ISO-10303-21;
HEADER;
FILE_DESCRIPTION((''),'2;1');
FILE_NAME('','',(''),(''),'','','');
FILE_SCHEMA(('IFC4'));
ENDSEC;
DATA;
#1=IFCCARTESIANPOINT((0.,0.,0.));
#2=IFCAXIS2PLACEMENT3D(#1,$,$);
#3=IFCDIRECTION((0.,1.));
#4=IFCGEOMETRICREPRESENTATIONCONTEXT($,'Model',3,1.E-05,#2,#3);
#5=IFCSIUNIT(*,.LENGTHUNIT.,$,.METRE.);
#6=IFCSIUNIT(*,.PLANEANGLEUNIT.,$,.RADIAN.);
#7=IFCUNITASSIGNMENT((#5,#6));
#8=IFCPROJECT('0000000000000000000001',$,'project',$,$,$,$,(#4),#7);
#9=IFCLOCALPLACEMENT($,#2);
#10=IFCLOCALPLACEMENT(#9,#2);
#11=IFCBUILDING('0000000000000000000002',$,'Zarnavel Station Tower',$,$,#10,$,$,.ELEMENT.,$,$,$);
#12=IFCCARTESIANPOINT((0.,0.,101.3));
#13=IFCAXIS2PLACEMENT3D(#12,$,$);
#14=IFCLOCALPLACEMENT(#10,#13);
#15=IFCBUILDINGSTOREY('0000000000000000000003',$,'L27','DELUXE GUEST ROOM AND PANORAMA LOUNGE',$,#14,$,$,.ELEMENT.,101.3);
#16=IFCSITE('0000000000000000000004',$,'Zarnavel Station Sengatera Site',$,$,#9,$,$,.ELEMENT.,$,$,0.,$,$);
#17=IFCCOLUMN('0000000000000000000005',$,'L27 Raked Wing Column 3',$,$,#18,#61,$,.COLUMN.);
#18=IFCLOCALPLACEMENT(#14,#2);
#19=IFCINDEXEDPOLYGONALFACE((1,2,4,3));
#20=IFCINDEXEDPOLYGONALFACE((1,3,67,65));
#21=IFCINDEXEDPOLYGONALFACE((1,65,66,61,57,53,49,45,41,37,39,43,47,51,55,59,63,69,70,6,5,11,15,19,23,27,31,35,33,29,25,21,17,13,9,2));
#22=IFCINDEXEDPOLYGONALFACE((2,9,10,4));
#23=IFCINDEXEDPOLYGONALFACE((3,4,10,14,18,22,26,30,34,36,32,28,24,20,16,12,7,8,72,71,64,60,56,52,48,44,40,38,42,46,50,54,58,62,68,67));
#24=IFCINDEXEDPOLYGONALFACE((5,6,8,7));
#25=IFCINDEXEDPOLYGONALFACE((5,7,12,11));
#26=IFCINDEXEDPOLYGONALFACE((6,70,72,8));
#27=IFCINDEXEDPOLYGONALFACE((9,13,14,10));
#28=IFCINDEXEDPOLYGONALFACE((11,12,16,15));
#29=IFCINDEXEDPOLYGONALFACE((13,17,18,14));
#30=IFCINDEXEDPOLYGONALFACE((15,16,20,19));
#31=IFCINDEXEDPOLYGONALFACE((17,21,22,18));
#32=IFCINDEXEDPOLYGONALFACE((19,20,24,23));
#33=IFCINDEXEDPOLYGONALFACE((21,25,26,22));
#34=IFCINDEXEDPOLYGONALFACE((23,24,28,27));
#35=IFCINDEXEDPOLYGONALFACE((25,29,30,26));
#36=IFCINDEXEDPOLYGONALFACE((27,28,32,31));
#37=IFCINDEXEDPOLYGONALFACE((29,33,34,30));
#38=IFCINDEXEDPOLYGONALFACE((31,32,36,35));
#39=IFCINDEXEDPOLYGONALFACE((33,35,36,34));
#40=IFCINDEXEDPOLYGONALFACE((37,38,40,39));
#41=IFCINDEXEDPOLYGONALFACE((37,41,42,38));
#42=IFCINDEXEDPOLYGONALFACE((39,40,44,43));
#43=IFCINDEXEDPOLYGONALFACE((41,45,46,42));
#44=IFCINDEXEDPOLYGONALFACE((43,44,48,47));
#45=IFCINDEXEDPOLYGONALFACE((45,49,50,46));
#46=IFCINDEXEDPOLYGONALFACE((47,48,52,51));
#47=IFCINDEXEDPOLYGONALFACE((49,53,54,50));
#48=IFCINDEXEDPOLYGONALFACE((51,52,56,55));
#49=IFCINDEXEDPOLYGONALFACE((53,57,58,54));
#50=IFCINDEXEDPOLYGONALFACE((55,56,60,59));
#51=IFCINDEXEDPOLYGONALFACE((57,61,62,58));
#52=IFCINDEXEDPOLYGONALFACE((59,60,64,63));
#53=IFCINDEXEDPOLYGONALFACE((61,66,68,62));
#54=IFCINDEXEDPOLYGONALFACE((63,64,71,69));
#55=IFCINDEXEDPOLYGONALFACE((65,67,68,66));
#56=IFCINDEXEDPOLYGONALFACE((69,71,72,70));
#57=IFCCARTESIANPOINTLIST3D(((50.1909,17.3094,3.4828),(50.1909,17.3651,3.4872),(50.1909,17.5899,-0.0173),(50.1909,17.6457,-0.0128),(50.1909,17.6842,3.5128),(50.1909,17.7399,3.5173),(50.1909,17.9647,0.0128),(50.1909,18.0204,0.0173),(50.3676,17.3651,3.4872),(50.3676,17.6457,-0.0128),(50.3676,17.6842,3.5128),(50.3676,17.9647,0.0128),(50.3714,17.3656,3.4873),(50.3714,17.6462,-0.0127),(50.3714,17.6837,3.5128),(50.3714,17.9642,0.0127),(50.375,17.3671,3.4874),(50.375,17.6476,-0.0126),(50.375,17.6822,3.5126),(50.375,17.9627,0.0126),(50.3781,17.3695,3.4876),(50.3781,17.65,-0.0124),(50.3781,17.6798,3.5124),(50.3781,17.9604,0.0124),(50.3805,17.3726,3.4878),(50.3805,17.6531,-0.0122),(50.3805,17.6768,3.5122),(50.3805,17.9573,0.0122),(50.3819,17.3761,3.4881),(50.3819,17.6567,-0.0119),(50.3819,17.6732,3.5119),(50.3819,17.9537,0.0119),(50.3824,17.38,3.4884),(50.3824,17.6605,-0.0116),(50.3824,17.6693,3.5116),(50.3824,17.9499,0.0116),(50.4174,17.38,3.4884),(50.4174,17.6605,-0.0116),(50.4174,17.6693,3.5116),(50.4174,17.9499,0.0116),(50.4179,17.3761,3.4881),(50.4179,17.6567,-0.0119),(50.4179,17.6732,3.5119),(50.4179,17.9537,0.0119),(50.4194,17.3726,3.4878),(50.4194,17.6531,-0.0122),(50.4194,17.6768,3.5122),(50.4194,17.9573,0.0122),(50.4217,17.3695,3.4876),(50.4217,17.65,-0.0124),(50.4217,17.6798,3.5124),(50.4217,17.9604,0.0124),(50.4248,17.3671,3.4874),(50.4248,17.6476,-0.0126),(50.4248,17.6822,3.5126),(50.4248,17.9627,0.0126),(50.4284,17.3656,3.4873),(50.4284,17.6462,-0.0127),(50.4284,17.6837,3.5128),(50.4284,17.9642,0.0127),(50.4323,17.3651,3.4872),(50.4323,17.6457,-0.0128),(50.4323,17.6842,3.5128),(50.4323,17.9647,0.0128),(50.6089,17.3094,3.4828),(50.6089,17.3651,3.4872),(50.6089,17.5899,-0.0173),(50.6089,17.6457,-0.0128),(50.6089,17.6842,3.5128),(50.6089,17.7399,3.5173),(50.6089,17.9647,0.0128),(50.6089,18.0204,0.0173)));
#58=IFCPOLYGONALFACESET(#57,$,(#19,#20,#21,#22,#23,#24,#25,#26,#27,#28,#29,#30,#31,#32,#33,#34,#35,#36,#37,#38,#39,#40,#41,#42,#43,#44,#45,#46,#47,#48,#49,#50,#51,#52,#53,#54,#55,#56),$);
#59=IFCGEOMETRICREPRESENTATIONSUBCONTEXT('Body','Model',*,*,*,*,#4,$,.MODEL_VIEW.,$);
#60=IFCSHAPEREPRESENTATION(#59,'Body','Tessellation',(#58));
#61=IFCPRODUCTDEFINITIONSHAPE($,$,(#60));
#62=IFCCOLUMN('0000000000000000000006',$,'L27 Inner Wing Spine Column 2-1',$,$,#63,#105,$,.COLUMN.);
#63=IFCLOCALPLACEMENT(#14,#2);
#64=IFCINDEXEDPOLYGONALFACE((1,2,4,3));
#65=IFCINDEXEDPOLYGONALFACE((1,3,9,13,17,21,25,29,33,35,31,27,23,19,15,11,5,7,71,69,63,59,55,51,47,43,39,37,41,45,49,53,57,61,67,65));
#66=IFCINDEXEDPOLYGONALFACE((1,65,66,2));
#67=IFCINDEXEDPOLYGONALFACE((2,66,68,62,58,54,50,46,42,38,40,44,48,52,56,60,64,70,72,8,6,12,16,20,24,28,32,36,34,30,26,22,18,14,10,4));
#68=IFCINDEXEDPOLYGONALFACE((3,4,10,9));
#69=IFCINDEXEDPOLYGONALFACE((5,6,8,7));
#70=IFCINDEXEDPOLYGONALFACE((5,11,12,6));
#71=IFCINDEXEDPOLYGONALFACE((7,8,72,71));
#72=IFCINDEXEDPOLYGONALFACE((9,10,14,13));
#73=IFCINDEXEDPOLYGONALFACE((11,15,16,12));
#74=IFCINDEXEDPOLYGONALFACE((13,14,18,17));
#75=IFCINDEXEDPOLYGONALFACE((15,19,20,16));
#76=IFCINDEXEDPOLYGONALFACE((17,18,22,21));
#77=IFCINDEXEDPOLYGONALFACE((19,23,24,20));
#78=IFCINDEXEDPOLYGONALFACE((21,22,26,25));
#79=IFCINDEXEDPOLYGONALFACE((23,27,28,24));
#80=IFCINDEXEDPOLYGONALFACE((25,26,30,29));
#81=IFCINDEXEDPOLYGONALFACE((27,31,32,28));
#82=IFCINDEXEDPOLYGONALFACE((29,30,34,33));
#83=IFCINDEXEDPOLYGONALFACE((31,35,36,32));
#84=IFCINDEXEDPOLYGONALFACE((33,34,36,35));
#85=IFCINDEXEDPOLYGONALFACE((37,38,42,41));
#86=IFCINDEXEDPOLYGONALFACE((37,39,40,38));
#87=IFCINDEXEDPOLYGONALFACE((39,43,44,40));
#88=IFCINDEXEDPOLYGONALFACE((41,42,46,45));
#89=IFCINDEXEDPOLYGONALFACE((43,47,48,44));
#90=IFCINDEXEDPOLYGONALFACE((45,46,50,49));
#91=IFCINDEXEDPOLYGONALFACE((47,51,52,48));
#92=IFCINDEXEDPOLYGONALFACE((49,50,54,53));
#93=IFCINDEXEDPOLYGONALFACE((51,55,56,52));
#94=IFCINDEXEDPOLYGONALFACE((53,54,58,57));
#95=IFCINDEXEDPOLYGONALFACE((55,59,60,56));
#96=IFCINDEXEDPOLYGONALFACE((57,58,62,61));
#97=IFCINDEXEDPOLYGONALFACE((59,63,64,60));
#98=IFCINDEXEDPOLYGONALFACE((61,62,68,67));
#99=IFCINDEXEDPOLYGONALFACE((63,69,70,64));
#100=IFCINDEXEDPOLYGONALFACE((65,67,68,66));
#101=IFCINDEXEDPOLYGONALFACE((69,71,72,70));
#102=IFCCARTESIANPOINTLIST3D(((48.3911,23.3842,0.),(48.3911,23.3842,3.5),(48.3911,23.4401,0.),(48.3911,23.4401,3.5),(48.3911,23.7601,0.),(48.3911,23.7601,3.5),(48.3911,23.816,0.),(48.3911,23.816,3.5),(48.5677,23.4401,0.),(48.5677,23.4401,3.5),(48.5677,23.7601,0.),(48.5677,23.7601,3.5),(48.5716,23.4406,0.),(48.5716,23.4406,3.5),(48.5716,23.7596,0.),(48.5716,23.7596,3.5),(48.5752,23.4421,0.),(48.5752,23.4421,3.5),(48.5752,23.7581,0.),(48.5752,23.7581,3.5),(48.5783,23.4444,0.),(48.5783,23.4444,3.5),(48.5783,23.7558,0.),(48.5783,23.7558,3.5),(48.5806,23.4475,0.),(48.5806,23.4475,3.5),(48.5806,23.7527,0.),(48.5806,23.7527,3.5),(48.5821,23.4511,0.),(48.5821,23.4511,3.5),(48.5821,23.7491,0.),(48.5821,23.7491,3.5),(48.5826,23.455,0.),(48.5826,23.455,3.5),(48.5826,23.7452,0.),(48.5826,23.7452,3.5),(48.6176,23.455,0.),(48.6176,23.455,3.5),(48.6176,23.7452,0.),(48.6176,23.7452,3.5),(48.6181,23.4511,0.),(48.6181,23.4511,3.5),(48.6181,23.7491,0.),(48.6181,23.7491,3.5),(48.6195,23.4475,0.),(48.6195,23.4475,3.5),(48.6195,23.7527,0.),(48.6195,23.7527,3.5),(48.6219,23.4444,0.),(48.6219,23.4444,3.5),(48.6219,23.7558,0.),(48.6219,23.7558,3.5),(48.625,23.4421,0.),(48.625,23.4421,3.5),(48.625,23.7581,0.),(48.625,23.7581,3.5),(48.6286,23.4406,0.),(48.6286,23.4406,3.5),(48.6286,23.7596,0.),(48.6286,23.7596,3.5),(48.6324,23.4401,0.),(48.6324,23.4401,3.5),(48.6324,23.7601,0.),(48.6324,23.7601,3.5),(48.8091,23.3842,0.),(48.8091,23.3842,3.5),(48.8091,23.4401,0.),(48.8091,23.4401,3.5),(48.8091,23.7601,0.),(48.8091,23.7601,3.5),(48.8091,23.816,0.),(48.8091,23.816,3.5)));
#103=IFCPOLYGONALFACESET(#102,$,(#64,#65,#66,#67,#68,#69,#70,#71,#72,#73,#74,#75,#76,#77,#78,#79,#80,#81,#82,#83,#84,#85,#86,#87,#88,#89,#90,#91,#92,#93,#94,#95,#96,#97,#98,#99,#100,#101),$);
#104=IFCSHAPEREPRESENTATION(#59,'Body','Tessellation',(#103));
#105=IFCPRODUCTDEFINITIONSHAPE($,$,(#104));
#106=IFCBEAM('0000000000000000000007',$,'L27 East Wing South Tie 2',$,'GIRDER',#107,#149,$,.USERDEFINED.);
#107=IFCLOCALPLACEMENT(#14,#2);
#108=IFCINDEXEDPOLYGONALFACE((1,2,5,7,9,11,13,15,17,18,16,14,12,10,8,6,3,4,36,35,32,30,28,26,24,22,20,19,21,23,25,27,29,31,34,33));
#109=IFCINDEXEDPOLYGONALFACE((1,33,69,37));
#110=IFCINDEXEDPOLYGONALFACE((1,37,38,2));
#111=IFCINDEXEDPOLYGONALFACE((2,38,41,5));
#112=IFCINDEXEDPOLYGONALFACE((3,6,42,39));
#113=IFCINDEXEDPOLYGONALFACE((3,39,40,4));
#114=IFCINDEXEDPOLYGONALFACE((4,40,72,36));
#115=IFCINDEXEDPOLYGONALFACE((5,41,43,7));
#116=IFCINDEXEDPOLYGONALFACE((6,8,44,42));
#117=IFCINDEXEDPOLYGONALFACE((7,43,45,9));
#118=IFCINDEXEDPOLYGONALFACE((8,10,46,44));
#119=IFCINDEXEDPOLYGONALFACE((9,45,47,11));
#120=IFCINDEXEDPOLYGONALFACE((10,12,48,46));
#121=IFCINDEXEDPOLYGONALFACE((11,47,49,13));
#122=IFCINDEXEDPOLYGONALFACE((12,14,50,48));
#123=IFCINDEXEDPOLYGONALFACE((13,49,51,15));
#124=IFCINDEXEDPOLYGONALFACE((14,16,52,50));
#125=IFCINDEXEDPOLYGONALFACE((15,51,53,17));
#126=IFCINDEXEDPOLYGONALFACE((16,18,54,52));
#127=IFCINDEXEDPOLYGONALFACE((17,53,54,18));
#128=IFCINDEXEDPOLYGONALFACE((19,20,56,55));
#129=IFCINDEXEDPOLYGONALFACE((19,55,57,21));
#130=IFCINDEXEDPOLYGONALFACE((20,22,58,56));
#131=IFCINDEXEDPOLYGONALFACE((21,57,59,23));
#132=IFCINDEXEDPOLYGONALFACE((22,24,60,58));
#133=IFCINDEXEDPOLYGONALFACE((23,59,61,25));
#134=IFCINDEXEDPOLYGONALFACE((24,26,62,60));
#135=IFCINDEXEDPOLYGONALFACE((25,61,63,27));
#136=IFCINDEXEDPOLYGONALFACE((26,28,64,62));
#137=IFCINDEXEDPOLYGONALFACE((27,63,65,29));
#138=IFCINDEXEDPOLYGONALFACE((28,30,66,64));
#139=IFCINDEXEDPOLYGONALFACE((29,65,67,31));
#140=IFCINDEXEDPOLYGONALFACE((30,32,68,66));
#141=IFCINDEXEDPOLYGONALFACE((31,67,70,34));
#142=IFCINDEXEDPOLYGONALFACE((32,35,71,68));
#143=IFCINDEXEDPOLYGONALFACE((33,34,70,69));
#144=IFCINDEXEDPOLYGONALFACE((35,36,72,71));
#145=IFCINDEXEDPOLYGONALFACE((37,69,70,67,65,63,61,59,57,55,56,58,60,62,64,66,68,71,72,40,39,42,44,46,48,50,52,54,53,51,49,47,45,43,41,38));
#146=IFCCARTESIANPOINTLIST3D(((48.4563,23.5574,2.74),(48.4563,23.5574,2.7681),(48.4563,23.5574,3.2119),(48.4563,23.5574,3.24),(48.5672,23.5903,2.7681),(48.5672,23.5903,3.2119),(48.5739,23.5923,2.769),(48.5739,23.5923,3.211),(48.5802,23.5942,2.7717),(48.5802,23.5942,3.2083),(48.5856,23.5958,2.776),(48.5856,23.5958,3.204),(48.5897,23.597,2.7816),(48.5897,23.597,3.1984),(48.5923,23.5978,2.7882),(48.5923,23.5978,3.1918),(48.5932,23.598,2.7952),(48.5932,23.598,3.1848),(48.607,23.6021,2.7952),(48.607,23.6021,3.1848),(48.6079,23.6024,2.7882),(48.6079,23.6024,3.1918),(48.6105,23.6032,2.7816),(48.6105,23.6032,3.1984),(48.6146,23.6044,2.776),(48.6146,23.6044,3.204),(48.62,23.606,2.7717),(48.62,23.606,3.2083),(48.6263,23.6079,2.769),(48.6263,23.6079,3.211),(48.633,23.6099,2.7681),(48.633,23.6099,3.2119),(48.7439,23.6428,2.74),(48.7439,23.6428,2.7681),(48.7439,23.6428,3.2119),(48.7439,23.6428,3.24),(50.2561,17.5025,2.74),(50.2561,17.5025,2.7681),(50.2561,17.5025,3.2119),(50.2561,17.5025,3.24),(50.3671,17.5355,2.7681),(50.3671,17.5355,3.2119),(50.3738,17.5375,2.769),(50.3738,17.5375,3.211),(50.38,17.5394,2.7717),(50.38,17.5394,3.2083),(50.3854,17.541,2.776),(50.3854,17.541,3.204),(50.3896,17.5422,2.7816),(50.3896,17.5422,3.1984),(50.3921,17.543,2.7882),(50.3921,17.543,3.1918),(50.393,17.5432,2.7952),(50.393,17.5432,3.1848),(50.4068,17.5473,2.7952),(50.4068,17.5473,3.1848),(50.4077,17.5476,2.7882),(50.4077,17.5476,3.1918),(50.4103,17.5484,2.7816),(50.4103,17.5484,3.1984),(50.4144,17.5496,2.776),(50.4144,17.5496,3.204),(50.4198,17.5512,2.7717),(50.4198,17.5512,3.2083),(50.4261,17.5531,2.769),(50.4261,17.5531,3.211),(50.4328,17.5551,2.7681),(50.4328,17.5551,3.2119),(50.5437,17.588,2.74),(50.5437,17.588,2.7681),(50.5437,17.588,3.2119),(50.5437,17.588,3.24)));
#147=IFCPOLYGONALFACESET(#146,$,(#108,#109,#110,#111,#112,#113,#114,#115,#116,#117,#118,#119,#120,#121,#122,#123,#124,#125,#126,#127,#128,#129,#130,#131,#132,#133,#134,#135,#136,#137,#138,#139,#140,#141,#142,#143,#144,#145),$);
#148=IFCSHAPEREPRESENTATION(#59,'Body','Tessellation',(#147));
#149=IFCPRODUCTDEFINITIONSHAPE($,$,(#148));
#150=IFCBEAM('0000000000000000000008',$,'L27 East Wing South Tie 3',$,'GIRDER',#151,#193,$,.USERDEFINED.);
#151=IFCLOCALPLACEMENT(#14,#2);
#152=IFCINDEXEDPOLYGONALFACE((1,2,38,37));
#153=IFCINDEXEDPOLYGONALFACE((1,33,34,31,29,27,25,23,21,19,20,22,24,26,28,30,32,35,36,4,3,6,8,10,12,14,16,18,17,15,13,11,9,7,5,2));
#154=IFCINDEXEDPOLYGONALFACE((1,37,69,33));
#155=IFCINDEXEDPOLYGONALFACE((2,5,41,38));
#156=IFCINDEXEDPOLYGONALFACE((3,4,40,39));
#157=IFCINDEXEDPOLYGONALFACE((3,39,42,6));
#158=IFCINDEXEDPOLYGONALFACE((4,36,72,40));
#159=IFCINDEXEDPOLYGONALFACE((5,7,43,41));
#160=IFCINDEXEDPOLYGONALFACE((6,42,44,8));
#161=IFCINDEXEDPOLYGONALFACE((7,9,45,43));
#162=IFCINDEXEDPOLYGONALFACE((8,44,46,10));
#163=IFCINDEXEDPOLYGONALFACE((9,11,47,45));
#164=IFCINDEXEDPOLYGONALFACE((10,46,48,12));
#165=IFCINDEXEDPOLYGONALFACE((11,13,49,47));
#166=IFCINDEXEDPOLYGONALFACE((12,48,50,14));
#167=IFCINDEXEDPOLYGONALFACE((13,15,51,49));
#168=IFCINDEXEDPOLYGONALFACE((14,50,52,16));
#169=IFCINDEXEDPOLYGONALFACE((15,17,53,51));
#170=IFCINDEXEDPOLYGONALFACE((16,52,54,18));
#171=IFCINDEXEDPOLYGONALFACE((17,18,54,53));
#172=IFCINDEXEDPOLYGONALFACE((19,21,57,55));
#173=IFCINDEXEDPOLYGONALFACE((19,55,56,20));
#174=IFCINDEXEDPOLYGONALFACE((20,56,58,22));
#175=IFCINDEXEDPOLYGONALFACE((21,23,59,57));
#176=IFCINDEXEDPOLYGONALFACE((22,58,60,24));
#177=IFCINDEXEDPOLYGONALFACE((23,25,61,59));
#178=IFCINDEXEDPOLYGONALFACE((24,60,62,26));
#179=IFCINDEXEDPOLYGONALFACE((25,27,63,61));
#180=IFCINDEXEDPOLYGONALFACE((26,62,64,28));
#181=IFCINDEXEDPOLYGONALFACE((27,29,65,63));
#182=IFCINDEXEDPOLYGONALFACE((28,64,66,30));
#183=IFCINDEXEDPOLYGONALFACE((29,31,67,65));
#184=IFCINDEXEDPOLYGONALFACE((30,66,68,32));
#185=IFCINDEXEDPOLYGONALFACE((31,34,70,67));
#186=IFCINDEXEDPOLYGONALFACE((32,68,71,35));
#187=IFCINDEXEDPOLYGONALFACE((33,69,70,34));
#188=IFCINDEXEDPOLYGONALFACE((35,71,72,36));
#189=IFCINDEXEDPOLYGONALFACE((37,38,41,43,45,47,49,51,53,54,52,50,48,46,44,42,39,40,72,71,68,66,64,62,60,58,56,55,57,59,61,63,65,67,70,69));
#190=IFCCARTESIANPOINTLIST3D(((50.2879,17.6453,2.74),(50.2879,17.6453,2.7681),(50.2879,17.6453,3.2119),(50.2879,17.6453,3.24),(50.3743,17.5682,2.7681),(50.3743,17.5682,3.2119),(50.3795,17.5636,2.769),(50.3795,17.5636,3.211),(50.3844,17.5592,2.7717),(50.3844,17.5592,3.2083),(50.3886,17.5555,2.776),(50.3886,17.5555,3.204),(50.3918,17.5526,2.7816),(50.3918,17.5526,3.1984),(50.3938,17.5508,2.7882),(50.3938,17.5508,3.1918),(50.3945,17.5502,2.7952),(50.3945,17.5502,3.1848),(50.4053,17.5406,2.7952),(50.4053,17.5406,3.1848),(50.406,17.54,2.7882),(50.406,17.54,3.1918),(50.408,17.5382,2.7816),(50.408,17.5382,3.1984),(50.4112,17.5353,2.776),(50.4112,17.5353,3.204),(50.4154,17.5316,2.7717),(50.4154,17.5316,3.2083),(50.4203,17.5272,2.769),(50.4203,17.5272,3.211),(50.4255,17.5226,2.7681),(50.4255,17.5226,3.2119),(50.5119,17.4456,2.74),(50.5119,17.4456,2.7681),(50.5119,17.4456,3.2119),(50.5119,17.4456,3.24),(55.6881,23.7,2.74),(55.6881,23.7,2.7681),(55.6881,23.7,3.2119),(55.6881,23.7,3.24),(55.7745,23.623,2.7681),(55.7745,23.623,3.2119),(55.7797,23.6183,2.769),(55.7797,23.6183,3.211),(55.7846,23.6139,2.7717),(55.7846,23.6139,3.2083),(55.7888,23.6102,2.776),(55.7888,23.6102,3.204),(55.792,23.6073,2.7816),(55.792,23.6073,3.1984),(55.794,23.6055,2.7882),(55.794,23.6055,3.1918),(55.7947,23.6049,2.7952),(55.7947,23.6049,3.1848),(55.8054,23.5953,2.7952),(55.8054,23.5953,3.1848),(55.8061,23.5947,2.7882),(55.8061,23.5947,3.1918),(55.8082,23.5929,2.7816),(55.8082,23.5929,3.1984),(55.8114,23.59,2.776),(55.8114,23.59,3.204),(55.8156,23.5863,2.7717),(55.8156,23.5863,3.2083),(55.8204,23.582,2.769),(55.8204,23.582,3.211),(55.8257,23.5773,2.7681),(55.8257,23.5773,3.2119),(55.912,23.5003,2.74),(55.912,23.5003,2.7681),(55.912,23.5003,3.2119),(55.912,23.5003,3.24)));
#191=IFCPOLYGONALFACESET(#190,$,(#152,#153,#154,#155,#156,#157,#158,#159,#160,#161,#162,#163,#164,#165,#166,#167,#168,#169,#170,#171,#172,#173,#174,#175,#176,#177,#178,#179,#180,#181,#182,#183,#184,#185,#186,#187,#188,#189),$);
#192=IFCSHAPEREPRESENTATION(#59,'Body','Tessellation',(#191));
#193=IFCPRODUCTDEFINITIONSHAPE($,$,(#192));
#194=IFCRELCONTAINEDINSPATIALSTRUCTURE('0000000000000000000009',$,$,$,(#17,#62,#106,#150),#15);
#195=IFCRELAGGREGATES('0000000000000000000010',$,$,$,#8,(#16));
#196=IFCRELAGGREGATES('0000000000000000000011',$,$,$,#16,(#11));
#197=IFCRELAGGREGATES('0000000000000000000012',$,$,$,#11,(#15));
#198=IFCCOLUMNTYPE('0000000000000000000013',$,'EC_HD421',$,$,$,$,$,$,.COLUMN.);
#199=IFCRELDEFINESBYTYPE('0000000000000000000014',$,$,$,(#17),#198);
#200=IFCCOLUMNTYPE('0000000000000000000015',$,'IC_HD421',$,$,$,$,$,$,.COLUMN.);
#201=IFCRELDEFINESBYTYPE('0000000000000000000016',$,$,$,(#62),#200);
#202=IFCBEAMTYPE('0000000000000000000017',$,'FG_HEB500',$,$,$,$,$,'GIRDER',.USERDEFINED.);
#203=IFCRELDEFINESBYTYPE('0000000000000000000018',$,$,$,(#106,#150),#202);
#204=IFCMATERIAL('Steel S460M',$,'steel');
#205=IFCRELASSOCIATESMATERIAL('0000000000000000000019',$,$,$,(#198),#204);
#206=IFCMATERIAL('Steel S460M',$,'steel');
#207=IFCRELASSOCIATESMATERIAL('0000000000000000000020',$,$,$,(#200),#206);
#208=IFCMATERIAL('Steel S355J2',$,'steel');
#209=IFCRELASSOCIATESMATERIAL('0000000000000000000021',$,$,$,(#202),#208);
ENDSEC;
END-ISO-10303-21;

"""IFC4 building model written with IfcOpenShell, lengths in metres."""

from ifc_helpers import new_model, si_unit, direction, frame, origin, origin_2d, place, context, subcontext, project, spatial, i_section, extrude, material, material_profile, profile_set, type_object, element, save


model = new_model("IFC4")

# Units and contexts
model_context = context("Model", 3, precision=1e-05, world=origin(), true_north=direction((0.0, 1.0)))
body_context = subcontext(model_context, "Body", "Model", "MODEL_VIEW")
ifc_project = project(units=[si_unit("LENGTHUNIT", "METRE"), si_unit("PLANEANGLEUNIT", "RADIAN")], contexts=[model_context])

# Site, building, storey
site_placement = place(None, origin())
site = spatial("IfcSite", under=ifc_project, at=site_placement, Name="Zarnavel Station Sengatera Site", CompositionType="ELEMENT", RefElevation=0.0)
building_placement = place(site_placement, origin())
building = spatial("IfcBuilding", under=site, at=building_placement, Name="Zarnavel Station Tower", CompositionType="ELEMENT")
storey_placement = place(building_placement, frame((0.0, 0.0, 101.3)))
storey = spatial("IfcBuildingStorey", under=building, at=storey_placement, Name="L27", Description="DELUXE GUEST ROOM AND PANORAMA LOUNGE", CompositionType="ELEMENT", Elevation=101.3)

# Columns
ifc_material_1 = material(Name="Steel S460M", Category="steel")
ifc_material_profile_1 = material_profile(ifc_material_1, i_section(OverallWidth=0.418, OverallDepth=0.4319, WebThickness=0.0349, FlangeThickness=0.0559, FilletRadius=0.0149, at=origin_2d()), Name="HD400x421")
ifc_profile_set_1 = profile_set([ifc_material_profile_1], Name="Steel S460M")
column_type_1 = type_object("IfcColumnType", Name="EC_HD421", PredefinedType="COLUMN", material=ifc_profile_set_1)
column_1_placement = place(storey_placement, frame((50.3999, 17.8052, 0.0), z_axis=(0.0, -0.079892, 0.996804), x_axis=(1.0, 0.0, 0.0)))
element("IfcColumn", 1, at=column_1_placement, inside=storey, type_object=column_type_1, Name="L27 Raked Wing Column 3", PredefinedType="COLUMN", context=body_context, shape_type="SweptSolid", body=[
    extrude(i_section(OverallWidth=0.418, OverallDepth=0.4319, WebThickness=0.0349, FlangeThickness=0.0559, FilletRadius=0.0149, at=origin_2d()), origin(), (0.0, 0.0, 1.0), 3.5112),
])
ifc_material_2 = material(Name="Steel S460M", Category="steel")
ifc_material_profile_2 = material_profile(ifc_material_2, i_section(OverallWidth=0.418, OverallDepth=0.4319, WebThickness=0.0349, FlangeThickness=0.0559, FilletRadius=0.0149, at=origin_2d()), Name="HD400x421")
ifc_profile_set_2 = profile_set([ifc_material_profile_2], Name="Steel S460M")
column_type_2 = type_object("IfcColumnType", Name="IC_HD421", PredefinedType="COLUMN", material=ifc_profile_set_2)
column_2_placement = place(storey_placement, frame((48.6001, 23.6001, 0.0), z_axis=(0.0, 0.0, 1.0), x_axis=(1.0, 0.0, 0.0)))
element("IfcColumn", 2, at=column_2_placement, inside=storey, type_object=column_type_2, Name="L27 Inner Wing Spine Column 2-1", PredefinedType="COLUMN", context=body_context, shape_type="SweptSolid", body=[
    extrude(i_section(OverallWidth=0.418, OverallDepth=0.4319, WebThickness=0.0349, FlangeThickness=0.0559, FilletRadius=0.0149, at=origin_2d()), origin(), (0.0, 0.0, 1.0), 3.5),
])

# Beams
ifc_material_3 = material(Name="Steel S355J2", Category="steel")
ifc_material_profile_3 = material_profile(ifc_material_3, i_section(OverallWidth=0.3, OverallDepth=0.5, WebThickness=0.0144, FlangeThickness=0.0281, FilletRadius=0.0271, at=origin_2d()), Name="HEB500")
ifc_profile_set_3 = profile_set([ifc_material_profile_3], Name="Steel S355J2")
beam_type_1 = type_object("IfcBeamType", Name="FG_HEB500", ElementType="GIRDER", PredefinedType="USERDEFINED", material=ifc_profile_set_3)
beam_1_placement = place(storey_placement, frame((48.6001, 23.6001, 2.99), z_axis=(0.284936, -0.958547, 0.0), x_axis=(0.958547, 0.284936, 0.0)))
element("IfcBeam", 3, at=beam_1_placement, inside=storey, type_object=beam_type_1, Name="L27 East Wing South Tie 2", ObjectType="GIRDER", PredefinedType="USERDEFINED", context=body_context, shape_type="SweptSolid", body=[
    extrude(i_section(OverallWidth=0.3, OverallDepth=0.5, WebThickness=0.0144, FlangeThickness=0.0281, FilletRadius=0.0271, at=origin_2d()), origin(), (0.0, 0.0, 1.0), 6.3167),
])
beam_2_placement = place(storey_placement, frame((50.3999, 17.5454, 2.99), z_axis=(0.665616, 0.746294, 0.0), x_axis=(-0.746294, 0.665616, 0.0)))
element("IfcBeam", 4, at=beam_2_placement, inside=storey, type_object=beam_type_1, Name="L27 East Wing South Tie 3", ObjectType="GIRDER", PredefinedType="USERDEFINED", context=body_context, shape_type="SweptSolid", body=[
    extrude(i_section(OverallWidth=0.3, OverallDepth=0.5, WebThickness=0.0144, FlangeThickness=0.0281, FilletRadius=0.0271, at=origin_2d()), origin(), (0.0, 0.0, 1.0), 8.113),
])

save(model, "model.ifc")
